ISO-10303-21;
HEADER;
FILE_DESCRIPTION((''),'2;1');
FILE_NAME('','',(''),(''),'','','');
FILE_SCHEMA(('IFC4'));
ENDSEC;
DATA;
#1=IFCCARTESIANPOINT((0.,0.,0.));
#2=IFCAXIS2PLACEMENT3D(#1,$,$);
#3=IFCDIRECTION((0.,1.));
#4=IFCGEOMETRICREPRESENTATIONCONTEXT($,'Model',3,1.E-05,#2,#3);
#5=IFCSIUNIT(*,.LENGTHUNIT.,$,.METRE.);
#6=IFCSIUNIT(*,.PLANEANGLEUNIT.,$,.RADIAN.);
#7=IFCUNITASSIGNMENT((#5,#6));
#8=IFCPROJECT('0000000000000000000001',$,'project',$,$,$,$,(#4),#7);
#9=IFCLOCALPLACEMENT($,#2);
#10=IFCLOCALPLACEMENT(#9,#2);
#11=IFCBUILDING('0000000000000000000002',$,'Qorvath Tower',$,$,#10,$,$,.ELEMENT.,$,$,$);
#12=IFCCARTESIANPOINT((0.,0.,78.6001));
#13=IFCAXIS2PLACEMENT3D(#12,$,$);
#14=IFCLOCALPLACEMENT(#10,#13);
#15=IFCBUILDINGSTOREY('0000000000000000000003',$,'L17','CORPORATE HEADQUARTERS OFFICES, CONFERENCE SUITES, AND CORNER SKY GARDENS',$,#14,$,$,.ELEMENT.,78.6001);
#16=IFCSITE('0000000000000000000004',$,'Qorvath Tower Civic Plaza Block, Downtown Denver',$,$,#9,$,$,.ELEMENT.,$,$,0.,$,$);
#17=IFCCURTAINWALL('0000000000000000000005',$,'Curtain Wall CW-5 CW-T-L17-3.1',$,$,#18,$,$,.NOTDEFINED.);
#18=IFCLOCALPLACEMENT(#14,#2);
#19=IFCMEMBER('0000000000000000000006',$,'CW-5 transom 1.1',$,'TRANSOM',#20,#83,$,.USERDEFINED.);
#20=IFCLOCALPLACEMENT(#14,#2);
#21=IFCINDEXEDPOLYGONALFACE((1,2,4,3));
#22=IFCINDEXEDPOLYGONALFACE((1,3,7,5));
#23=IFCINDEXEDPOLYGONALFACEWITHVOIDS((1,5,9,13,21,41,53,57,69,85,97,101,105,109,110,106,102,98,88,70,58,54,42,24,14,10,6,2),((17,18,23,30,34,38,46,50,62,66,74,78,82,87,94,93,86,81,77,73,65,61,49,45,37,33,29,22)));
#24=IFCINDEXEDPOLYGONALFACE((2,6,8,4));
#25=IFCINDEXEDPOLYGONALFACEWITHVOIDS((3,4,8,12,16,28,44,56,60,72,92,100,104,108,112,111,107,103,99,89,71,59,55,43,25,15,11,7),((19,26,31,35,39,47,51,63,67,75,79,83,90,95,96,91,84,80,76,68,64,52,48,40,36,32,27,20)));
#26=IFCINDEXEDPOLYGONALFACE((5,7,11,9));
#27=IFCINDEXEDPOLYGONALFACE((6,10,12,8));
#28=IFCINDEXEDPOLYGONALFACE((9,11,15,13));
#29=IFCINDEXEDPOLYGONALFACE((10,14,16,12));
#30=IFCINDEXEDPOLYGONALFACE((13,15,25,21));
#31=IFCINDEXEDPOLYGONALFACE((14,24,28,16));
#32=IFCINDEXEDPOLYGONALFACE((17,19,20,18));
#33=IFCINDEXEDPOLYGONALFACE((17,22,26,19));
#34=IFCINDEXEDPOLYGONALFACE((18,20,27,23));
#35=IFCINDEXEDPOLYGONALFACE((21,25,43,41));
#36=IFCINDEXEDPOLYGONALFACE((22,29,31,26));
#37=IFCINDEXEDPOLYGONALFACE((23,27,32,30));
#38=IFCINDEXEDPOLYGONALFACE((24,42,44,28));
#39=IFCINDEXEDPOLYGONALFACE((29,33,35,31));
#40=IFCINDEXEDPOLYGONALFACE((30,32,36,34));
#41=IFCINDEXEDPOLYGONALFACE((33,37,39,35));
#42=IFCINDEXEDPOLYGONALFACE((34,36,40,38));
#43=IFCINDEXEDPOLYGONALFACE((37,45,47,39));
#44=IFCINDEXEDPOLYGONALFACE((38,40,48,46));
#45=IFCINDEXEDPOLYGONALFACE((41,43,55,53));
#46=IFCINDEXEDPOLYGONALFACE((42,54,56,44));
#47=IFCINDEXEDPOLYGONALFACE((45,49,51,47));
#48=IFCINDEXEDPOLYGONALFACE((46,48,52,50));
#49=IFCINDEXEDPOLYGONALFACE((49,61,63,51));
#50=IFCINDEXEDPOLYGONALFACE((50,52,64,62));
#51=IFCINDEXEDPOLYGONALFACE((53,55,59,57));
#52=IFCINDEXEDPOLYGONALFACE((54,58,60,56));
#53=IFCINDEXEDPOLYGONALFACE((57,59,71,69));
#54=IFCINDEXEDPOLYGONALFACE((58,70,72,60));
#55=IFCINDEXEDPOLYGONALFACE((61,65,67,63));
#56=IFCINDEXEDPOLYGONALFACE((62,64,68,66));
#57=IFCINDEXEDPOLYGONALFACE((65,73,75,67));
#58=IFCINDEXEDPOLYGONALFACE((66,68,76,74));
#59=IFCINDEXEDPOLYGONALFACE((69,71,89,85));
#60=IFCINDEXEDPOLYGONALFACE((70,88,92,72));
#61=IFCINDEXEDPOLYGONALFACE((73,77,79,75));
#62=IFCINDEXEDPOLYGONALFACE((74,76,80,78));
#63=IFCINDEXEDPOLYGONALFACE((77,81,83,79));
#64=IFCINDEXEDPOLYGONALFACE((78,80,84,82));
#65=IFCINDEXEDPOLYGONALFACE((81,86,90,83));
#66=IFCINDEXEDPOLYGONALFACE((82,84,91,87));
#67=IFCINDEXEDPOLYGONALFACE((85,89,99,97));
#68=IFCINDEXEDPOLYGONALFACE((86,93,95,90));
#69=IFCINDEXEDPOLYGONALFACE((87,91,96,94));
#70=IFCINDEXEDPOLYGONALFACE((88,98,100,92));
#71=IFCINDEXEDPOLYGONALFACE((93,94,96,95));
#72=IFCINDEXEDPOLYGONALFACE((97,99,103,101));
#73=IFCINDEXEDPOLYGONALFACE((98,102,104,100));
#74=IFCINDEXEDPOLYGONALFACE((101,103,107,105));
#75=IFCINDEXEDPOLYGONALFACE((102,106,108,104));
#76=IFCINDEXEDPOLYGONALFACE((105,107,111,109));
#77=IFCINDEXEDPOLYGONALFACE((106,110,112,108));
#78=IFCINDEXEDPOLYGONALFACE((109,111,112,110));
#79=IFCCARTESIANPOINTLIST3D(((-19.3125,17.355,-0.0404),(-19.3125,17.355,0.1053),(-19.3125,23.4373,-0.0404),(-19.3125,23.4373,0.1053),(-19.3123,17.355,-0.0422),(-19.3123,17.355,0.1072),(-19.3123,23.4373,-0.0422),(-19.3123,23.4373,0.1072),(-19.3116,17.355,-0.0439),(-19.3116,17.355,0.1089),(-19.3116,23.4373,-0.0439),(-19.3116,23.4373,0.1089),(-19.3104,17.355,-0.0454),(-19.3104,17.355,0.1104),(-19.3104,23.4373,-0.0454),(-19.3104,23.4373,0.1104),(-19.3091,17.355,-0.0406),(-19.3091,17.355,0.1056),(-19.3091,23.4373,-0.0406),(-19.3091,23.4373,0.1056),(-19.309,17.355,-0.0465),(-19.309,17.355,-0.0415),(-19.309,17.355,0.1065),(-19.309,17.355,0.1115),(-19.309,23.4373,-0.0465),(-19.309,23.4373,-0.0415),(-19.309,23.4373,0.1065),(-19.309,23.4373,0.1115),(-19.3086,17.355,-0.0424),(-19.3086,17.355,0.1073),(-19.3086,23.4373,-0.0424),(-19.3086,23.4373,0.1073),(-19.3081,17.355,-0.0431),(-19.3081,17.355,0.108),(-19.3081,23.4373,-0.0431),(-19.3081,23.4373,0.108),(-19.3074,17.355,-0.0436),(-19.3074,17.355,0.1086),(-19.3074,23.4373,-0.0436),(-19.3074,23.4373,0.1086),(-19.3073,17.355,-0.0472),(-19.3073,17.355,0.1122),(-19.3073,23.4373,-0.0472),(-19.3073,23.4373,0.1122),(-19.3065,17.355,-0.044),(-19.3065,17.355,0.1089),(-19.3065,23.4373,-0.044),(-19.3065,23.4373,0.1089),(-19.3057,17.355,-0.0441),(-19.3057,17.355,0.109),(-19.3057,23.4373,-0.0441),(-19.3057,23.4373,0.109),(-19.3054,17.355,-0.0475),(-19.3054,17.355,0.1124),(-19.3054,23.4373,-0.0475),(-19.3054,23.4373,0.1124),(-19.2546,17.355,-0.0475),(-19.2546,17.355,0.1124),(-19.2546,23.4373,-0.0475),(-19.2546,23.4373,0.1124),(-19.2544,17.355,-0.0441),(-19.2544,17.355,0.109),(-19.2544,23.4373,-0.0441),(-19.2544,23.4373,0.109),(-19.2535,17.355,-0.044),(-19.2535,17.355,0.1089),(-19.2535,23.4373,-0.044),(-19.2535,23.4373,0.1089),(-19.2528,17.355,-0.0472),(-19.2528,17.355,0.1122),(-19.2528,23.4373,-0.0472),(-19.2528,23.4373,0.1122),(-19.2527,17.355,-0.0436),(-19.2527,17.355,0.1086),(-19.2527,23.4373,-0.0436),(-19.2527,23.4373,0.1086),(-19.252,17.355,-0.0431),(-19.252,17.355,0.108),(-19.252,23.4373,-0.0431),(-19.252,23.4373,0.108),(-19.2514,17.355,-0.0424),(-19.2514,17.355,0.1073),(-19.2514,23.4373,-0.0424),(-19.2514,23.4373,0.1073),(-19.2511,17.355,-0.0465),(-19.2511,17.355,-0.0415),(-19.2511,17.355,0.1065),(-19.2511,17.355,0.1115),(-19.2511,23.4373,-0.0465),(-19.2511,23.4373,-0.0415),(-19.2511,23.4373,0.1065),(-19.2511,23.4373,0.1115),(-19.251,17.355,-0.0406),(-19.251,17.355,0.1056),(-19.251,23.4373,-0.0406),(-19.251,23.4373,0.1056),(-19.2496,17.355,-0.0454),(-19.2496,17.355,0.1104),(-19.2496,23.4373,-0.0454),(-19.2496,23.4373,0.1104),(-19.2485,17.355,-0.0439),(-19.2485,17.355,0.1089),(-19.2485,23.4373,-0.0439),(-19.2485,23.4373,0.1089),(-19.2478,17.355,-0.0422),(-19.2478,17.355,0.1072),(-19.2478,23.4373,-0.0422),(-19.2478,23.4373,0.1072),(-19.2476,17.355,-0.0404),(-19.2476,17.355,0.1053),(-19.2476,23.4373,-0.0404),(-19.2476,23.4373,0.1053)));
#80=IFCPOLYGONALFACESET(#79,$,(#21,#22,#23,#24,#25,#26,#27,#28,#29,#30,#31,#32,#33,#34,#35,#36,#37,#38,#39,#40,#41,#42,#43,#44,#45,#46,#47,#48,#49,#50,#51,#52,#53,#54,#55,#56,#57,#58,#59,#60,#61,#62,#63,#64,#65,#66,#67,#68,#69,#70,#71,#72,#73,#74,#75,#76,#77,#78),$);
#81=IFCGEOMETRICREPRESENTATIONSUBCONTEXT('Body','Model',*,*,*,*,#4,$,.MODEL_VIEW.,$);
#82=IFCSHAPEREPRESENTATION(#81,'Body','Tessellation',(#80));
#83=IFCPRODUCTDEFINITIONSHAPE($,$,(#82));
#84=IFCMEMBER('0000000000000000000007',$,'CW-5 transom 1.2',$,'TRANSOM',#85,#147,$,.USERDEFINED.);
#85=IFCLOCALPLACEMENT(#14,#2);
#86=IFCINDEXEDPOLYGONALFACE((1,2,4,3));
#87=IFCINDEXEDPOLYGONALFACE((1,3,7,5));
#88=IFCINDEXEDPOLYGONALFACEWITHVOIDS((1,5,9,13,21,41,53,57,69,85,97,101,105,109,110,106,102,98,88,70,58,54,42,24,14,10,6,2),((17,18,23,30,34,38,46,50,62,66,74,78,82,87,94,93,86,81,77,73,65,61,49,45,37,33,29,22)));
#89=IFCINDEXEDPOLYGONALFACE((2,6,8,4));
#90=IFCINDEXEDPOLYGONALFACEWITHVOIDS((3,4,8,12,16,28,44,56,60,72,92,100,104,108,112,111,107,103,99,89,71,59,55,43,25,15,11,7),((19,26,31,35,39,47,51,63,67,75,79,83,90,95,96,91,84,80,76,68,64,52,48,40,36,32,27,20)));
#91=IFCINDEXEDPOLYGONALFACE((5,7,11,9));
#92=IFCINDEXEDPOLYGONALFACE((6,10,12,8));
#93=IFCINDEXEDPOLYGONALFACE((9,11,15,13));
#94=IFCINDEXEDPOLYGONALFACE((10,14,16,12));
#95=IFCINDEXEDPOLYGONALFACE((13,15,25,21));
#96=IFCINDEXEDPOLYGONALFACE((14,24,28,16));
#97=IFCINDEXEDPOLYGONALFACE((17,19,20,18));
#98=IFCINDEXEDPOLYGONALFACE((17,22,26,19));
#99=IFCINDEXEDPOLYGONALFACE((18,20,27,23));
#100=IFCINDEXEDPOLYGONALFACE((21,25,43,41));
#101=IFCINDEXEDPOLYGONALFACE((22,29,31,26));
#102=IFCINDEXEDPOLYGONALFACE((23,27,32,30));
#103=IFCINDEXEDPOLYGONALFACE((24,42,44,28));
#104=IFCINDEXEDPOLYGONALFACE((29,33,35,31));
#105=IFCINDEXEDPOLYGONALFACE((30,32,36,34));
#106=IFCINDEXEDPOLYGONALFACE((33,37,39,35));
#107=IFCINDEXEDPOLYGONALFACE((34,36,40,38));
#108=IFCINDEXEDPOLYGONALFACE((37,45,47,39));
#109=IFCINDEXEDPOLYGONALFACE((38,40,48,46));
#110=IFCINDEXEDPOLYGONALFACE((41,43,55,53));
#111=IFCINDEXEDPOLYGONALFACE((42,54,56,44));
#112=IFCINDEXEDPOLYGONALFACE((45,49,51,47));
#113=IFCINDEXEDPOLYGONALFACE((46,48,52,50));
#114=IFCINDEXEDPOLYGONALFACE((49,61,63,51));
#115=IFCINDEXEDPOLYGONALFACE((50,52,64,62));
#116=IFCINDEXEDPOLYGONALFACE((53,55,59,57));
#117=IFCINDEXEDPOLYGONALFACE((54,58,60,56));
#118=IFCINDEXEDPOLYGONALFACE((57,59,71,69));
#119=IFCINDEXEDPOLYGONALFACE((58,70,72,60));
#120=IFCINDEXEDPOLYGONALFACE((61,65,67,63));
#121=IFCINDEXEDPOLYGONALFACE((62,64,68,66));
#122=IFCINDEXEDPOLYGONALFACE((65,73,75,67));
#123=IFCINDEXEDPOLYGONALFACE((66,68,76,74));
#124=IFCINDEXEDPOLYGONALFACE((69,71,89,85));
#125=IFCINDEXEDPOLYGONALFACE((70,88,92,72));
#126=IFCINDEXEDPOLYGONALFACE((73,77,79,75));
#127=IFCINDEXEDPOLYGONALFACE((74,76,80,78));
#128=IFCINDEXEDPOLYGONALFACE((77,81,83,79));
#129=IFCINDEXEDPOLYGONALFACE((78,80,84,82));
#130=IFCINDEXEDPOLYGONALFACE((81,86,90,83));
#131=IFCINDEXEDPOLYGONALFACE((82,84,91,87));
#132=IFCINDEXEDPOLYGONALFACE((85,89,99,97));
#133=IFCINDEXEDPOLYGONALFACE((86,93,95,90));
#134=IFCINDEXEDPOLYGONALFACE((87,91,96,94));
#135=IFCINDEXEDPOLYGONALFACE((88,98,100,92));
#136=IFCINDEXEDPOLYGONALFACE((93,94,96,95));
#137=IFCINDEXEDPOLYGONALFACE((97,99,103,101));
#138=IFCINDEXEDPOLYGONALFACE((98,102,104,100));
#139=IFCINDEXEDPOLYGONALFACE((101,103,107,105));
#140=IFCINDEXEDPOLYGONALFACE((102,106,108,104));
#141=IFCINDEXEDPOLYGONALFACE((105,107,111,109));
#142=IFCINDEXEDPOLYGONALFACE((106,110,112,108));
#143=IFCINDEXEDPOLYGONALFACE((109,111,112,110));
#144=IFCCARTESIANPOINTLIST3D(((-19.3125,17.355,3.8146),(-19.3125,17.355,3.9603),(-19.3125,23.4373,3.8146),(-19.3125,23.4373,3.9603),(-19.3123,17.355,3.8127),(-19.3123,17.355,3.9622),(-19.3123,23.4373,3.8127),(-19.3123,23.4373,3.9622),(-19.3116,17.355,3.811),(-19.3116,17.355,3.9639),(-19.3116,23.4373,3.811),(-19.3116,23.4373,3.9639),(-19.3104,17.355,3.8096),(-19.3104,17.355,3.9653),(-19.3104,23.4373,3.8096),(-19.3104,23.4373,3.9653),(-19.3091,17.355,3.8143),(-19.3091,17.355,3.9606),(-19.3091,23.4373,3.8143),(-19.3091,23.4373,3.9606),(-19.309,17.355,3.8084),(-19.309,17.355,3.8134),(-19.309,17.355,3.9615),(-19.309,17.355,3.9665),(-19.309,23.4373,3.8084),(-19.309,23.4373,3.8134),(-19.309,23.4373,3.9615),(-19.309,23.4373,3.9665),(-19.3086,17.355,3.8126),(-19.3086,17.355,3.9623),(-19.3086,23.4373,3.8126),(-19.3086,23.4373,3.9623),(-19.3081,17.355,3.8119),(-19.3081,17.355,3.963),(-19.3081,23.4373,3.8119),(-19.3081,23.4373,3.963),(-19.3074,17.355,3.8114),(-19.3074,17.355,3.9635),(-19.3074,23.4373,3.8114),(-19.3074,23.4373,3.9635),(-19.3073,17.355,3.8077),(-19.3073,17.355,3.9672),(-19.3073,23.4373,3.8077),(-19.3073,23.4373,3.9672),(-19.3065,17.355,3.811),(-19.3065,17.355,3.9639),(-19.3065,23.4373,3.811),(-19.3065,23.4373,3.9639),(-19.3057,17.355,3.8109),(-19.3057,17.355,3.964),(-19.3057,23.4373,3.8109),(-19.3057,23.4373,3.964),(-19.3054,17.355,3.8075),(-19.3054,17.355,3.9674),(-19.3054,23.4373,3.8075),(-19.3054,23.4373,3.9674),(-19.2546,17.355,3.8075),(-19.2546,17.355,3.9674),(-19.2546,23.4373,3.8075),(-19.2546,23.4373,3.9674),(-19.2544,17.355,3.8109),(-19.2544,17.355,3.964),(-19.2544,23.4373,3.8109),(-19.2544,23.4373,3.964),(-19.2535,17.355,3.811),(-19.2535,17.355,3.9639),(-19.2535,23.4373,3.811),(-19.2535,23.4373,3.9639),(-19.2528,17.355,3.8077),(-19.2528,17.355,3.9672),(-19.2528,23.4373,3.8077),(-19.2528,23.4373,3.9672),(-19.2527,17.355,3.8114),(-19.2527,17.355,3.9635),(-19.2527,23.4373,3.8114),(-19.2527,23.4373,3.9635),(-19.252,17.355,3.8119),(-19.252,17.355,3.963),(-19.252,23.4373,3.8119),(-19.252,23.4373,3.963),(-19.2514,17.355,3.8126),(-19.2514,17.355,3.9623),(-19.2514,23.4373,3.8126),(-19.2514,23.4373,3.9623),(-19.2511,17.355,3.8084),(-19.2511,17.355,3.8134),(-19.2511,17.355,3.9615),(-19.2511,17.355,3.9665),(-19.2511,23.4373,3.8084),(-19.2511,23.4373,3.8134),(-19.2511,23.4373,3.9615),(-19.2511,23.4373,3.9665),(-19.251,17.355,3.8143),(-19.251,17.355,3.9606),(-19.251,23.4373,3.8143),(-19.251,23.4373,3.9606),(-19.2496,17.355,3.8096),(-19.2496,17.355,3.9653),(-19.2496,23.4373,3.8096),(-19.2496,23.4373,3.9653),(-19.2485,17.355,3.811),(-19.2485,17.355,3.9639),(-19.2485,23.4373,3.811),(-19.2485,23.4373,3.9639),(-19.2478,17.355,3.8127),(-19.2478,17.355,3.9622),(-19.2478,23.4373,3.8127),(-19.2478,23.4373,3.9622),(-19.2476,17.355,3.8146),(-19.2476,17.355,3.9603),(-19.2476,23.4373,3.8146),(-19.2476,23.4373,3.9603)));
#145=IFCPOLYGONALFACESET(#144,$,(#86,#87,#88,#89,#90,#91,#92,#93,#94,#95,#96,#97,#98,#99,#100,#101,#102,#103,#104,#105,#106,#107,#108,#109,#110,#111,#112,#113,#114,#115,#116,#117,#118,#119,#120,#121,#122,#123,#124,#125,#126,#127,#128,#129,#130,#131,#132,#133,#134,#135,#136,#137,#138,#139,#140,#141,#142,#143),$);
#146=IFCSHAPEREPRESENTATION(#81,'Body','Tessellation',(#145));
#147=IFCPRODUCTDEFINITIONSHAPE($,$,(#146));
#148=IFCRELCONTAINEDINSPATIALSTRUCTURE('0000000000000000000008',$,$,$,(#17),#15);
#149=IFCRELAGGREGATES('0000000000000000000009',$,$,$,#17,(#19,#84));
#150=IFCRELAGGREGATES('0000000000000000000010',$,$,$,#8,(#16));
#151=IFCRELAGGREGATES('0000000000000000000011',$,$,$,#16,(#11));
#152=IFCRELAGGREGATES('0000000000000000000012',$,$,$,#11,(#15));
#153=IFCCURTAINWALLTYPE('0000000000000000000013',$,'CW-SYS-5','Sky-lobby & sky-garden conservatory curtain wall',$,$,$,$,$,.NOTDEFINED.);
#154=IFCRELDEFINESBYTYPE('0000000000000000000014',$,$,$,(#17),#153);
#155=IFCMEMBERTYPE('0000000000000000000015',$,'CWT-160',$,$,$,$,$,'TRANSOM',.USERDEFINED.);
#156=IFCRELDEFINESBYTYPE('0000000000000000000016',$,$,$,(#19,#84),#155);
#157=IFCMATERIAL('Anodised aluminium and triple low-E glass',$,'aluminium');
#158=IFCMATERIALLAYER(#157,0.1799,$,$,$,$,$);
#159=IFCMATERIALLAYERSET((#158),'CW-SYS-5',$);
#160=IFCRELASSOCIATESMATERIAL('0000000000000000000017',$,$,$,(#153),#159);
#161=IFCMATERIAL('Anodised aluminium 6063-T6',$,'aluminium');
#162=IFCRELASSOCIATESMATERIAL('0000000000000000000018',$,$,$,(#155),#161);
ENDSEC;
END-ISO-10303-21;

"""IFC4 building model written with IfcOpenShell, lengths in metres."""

from ifc_helpers import new_model, si_unit, direction, frame, origin, origin_2d, place, context, subcontext, project, spatial, hollow_rectangle, extrude, material, layer, layer_set, material_profile, profile_set, type_object, element, aggregate, save


model = new_model("IFC4")

# Units and contexts
model_context = context("Model", 3, precision=1e-05, world=origin(), true_north=direction((0.0, 1.0)))
body_context = subcontext(model_context, "Body", "Model", "MODEL_VIEW")
ifc_project = project(units=[si_unit("LENGTHUNIT", "METRE"), si_unit("PLANEANGLEUNIT", "RADIAN")], contexts=[model_context])

# Site, building, storey
site_placement = place(None, origin())
site = spatial("IfcSite", under=ifc_project, at=site_placement, Name="Qorvath Tower Civic Plaza Block, Downtown Denver", CompositionType="ELEMENT", RefElevation=0.0)
building_placement = place(site_placement, origin())
building = spatial("IfcBuilding", under=site, at=building_placement, Name="Qorvath Tower", CompositionType="ELEMENT")
storey_placement = place(building_placement, frame((0.0, 0.0, 78.6001)))
storey = spatial("IfcBuildingStorey", under=building, at=storey_placement, Name="L17", Description="CORPORATE HEADQUARTERS OFFICES, CONFERENCE SUITES, AND CORNER SKY GARDENS", CompositionType="ELEMENT", Elevation=78.6001)

# Curtain wall
ifc_material_1 = material(Name="Anodised aluminium and triple low-E glass", Category="aluminium")
ifc_layer_1 = layer(ifc_material_1, 0.1799)
ifc_layer_set_1 = layer_set([ifc_layer_1], Name="CW-SYS-5")
curtain_wall_type = type_object("IfcCurtainWallType", Name="CW-SYS-5", Description="Sky-lobby & sky-garden conservatory curtain wall", PredefinedType="NOTDEFINED", material=ifc_layer_set_1)
curtain_wall_1_placement = place(storey_placement, origin())
curtain_wall_1 = element("IfcCurtainWall", 1, at=curtain_wall_1_placement, inside=storey, type_object=curtain_wall_type, Name="Curtain Wall CW-5 CW-T-L17-3.1", PredefinedType="NOTDEFINED")

# Members
ifc_material_2 = material(Name="Anodised aluminium 6063-T6", Category="aluminium")
ifc_material_profile_1 = material_profile(ifc_material_2, hollow_rectangle(XDim=0.0649, YDim=0.1599, WallThickness=0.0034, InnerFilletRadius=0.0034, OuterFilletRadius=0.0071, at=origin_2d()), Name="CWT 160x65")
ifc_profile_set_1 = profile_set([ifc_material_profile_1], Name="Anodised aluminium 6063-T6")
member_type_1 = type_object("IfcMemberType", Name="CWT-160", ElementType="TRANSOM", PredefinedType="USERDEFINED", material=ifc_profile_set_1)
member_1_placement = place(storey_placement, frame((-19.28, 17.355, 0.0325), z_axis=(0.0, 1.0, 0.0), x_axis=(-1.0, 0.0, 0.0)))
member_1 = element("IfcMember", 2, at=member_1_placement, type_object=member_type_1, Name="CW-5 transom 1.1", ObjectType="TRANSOM", PredefinedType="USERDEFINED", context=body_context, shape_type="SweptSolid", body=[
    extrude(hollow_rectangle(XDim=0.0649, YDim=0.1599, WallThickness=0.0034, InnerFilletRadius=0.0034, OuterFilletRadius=0.0071, at=origin_2d()), origin(), (0.0, 0.0, 1.0), 6.0823),
])
member_2_placement = place(storey_placement, frame((-19.28, 17.355, 3.8875), z_axis=(0.0, 1.0, 0.0), x_axis=(-1.0, 0.0, 0.0)))
member_2 = element("IfcMember", 3, at=member_2_placement, type_object=member_type_1, Name="CW-5 transom 1.2", ObjectType="TRANSOM", PredefinedType="USERDEFINED", context=body_context, shape_type="SweptSolid", body=[
    extrude(hollow_rectangle(XDim=0.0649, YDim=0.1599, WallThickness=0.0034, InnerFilletRadius=0.0034, OuterFilletRadius=0.0071, at=origin_2d()), origin(), (0.0, 0.0, 1.0), 6.0823),
])

aggregate(curtain_wall_1, [member_1, member_2])

save(model, "model.ifc")
